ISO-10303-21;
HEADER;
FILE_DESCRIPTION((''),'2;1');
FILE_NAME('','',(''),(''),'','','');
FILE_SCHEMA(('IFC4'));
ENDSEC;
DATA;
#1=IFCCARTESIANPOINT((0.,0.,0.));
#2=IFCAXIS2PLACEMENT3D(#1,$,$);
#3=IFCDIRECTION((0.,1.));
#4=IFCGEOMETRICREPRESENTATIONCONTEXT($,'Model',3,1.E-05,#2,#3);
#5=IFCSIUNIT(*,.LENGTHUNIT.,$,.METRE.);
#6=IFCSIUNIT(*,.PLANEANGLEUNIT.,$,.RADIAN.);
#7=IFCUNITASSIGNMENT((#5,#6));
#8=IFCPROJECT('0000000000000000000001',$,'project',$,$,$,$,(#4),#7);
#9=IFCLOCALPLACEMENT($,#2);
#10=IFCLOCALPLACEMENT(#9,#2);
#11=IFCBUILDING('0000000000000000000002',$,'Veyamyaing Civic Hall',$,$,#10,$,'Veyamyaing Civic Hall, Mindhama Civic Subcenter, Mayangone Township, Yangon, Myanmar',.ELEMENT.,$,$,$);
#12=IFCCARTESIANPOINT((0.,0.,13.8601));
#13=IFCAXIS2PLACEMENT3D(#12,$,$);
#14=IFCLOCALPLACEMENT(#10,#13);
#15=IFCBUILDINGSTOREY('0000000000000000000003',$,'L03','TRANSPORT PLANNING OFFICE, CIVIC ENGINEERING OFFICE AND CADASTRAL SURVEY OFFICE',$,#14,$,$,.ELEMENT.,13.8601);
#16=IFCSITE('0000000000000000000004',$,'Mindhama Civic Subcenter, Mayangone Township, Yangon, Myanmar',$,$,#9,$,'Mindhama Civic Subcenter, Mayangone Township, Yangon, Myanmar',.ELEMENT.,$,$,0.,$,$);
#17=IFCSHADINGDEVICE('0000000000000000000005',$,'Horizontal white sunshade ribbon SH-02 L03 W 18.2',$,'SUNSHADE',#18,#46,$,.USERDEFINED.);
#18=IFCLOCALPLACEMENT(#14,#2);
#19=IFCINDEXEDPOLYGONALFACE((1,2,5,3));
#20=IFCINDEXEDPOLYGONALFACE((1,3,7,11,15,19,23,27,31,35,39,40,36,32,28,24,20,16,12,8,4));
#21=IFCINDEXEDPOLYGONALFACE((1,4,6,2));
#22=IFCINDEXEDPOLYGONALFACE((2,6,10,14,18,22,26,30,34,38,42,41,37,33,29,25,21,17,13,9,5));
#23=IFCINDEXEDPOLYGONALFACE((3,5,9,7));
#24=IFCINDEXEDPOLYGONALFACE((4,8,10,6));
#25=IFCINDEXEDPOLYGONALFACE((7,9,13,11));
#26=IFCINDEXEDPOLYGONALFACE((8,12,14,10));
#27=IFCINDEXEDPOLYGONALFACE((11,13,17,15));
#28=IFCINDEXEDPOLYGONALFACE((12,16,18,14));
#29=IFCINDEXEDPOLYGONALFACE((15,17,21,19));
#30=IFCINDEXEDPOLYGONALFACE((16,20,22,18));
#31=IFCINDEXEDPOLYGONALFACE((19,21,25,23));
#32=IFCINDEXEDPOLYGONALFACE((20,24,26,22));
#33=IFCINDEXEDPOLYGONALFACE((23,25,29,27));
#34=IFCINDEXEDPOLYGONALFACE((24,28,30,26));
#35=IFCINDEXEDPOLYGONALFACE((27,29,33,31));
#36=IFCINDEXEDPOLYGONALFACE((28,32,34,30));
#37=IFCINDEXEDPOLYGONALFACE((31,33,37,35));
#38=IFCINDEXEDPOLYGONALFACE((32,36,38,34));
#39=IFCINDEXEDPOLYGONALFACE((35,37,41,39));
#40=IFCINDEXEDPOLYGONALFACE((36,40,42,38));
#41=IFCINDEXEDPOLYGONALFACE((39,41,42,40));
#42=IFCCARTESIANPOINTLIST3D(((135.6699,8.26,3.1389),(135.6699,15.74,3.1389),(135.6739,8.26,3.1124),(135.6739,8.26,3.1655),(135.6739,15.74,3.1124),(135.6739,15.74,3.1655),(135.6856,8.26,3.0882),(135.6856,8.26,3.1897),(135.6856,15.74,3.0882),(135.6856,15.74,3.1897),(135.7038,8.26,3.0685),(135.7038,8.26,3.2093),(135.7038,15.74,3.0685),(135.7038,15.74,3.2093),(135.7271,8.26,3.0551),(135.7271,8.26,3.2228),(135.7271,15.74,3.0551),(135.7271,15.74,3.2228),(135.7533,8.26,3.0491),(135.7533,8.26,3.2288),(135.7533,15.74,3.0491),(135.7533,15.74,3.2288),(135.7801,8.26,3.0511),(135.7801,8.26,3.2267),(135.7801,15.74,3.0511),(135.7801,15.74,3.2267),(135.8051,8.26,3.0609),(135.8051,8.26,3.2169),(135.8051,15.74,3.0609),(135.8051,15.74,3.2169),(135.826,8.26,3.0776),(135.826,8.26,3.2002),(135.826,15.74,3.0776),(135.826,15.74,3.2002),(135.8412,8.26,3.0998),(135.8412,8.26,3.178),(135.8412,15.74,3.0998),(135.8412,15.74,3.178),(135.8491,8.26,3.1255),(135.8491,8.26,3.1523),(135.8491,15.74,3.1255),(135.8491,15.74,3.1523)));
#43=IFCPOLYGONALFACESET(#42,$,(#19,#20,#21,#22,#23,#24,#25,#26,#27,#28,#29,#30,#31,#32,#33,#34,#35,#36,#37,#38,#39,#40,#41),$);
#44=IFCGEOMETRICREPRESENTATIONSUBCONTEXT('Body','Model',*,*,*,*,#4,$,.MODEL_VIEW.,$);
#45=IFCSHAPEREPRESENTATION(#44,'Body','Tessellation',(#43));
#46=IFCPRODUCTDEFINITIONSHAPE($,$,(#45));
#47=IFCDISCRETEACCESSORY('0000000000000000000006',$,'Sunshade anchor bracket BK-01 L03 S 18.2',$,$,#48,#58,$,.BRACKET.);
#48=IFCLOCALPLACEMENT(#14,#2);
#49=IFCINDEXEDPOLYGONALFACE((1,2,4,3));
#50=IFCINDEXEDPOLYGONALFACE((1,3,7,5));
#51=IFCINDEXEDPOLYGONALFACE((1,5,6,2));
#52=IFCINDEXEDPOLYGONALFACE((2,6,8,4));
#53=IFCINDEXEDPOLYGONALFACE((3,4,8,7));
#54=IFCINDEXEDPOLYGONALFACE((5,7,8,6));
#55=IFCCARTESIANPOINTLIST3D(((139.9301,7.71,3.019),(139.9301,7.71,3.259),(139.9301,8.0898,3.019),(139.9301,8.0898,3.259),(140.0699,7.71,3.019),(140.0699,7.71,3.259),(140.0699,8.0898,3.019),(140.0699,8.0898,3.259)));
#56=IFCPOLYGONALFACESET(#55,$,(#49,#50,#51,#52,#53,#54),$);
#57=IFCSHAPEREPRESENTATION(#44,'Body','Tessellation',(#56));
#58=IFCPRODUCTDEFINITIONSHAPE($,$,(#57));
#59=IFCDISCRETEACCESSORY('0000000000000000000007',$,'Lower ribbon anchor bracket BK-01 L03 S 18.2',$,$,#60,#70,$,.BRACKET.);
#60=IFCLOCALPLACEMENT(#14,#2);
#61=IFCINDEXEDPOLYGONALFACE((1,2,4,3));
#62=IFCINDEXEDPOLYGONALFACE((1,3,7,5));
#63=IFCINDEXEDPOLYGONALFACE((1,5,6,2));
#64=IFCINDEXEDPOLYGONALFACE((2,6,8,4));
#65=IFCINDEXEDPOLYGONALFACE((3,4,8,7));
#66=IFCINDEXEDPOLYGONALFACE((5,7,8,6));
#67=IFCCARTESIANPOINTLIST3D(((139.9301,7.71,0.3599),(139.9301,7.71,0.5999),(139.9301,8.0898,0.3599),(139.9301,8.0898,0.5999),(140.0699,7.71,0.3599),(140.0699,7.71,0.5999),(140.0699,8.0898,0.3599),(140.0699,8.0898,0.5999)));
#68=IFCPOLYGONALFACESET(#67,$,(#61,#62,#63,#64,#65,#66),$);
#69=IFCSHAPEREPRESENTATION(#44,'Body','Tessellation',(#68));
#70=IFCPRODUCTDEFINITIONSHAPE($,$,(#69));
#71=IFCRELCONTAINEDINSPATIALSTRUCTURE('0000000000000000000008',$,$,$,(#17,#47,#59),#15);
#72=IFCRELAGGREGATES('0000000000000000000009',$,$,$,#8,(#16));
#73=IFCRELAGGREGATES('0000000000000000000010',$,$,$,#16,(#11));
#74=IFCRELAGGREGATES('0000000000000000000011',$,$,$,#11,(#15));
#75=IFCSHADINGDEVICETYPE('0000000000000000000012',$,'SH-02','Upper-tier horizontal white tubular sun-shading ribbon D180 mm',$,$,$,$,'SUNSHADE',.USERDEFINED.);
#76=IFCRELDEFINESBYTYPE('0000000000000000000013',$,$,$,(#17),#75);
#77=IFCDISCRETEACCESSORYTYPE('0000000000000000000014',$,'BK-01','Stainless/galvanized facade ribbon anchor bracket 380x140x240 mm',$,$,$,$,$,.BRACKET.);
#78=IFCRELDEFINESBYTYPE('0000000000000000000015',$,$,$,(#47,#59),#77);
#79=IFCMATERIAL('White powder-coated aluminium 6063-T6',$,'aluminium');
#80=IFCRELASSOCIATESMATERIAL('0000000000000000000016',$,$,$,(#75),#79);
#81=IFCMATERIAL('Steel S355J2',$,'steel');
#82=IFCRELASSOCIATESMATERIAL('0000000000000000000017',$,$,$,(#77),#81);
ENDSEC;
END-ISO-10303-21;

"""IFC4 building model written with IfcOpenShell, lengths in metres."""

from ifc_helpers import new_model, si_unit, direction, frame, origin, origin_2d, place, context, subcontext, project, spatial, rectangle, circle, extrude, material, material_profile, profile_set, type_object, element, save


model = new_model("IFC4")

# Units and contexts
model_context = context("Model", 3, precision=1e-05, world=origin(), true_north=direction((0.0, 1.0)))
body_context = subcontext(model_context, "Body", "Model", "MODEL_VIEW")
ifc_project = project(units=[si_unit("LENGTHUNIT", "METRE"), si_unit("PLANEANGLEUNIT", "RADIAN")], contexts=[model_context])

# Site, building, storey
site_placement = place(None, origin())
site = spatial("IfcSite", under=ifc_project, at=site_placement, Name="Mindhama Civic Subcenter, Mayangone Township, Yangon, Myanmar", LongName="Mindhama Civic Subcenter, Mayangone Township, Yangon, Myanmar", CompositionType="ELEMENT", RefElevation=0.0)
building_placement = place(site_placement, origin())
building = spatial("IfcBuilding", under=site, at=building_placement, Name="Veyamyaing Civic Hall", LongName="Veyamyaing Civic Hall, Mindhama Civic Subcenter, Mayangone Township, Yangon, Myanmar", CompositionType="ELEMENT")
storey_placement = place(building_placement, frame((0.0, 0.0, 13.8601)))
storey = spatial("IfcBuildingStorey", under=building, at=storey_placement, Name="L03", Description="TRANSPORT PLANNING OFFICE, CIVIC ENGINEERING OFFICE AND CADASTRAL SURVEY OFFICE", CompositionType="ELEMENT", Elevation=13.8601)

# Shared definitions
ifc_material_1 = material(Name="White powder-coated aluminium 6063-T6", Category="aluminium")

# Shading device
ifc_material_profile_1 = material_profile(ifc_material_1, circle(Radius=0.0901, at=origin_2d()), Name="SHADE-TUBE-180")
ifc_profile_set_1 = profile_set([ifc_material_profile_1], Name="White powder-coated aluminium 6063-T6")
shading_device_type = type_object("IfcShadingDeviceType", Name="SH-02", Description="Upper-tier horizontal white tubular sun-shading ribbon D180 mm", ElementType="SUNSHADE", PredefinedType="USERDEFINED", material=ifc_profile_set_1)
for number, where, z_axis, x_axis, name in (
    (1, (135.76, 8.26, 3.1389), (0.0, 1.0, 0.0), (-1.0, 0.0, 0.0), "Horizontal white sunshade ribbon SH-02 L03 W 18.2"),
):
    element("IfcShadingDevice", number, at=place(storey_placement, frame(where, z_axis=z_axis, x_axis=x_axis)), inside=storey, type_object=shading_device_type, Name=name, ObjectType="SUNSHADE", PredefinedType="USERDEFINED", context=body_context, shape_type="SweptSolid", body=[
        extrude(circle(Radius=0.0901, at=origin_2d()), origin(), (0.0, 0.0, 1.0), 7.48),
    ])

# Discrete accessories
ifc_material_2 = material(Name="Steel S355J2", Category="steel")
discrete_accessory_type = type_object("IfcDiscreteAccessoryType", Name="BK-01", Description="Stainless/galvanized facade ribbon anchor bracket 380x140x240 mm", PredefinedType="BRACKET", material=ifc_material_2)
for number, where, z_axis, x_axis, name in (
    (2, (140.0, 7.8999, 3.019), (0.0, 0.0, 1.0), (0.0, -1.0, 0.0), "Sunshade anchor bracket BK-01 L03 S 18.2"),
    (3, (140.0, 7.8999, 0.3599), (0.0, 0.0, 1.0), (0.0, -1.0, 0.0), "Lower ribbon anchor bracket BK-01 L03 S 18.2"),
):
    element("IfcDiscreteAccessory", number, at=place(storey_placement, frame(where, z_axis=z_axis, x_axis=x_axis)), inside=storey, type_object=discrete_accessory_type, Name=name, PredefinedType="BRACKET", context=body_context, shape_type="SweptSolid", body=[
        extrude(rectangle(XDim=0.3799, YDim=0.1399, at=origin_2d()), origin(), (0.0, 0.0, 1.0), 0.24),
    ])

save(model, "model.ifc")
